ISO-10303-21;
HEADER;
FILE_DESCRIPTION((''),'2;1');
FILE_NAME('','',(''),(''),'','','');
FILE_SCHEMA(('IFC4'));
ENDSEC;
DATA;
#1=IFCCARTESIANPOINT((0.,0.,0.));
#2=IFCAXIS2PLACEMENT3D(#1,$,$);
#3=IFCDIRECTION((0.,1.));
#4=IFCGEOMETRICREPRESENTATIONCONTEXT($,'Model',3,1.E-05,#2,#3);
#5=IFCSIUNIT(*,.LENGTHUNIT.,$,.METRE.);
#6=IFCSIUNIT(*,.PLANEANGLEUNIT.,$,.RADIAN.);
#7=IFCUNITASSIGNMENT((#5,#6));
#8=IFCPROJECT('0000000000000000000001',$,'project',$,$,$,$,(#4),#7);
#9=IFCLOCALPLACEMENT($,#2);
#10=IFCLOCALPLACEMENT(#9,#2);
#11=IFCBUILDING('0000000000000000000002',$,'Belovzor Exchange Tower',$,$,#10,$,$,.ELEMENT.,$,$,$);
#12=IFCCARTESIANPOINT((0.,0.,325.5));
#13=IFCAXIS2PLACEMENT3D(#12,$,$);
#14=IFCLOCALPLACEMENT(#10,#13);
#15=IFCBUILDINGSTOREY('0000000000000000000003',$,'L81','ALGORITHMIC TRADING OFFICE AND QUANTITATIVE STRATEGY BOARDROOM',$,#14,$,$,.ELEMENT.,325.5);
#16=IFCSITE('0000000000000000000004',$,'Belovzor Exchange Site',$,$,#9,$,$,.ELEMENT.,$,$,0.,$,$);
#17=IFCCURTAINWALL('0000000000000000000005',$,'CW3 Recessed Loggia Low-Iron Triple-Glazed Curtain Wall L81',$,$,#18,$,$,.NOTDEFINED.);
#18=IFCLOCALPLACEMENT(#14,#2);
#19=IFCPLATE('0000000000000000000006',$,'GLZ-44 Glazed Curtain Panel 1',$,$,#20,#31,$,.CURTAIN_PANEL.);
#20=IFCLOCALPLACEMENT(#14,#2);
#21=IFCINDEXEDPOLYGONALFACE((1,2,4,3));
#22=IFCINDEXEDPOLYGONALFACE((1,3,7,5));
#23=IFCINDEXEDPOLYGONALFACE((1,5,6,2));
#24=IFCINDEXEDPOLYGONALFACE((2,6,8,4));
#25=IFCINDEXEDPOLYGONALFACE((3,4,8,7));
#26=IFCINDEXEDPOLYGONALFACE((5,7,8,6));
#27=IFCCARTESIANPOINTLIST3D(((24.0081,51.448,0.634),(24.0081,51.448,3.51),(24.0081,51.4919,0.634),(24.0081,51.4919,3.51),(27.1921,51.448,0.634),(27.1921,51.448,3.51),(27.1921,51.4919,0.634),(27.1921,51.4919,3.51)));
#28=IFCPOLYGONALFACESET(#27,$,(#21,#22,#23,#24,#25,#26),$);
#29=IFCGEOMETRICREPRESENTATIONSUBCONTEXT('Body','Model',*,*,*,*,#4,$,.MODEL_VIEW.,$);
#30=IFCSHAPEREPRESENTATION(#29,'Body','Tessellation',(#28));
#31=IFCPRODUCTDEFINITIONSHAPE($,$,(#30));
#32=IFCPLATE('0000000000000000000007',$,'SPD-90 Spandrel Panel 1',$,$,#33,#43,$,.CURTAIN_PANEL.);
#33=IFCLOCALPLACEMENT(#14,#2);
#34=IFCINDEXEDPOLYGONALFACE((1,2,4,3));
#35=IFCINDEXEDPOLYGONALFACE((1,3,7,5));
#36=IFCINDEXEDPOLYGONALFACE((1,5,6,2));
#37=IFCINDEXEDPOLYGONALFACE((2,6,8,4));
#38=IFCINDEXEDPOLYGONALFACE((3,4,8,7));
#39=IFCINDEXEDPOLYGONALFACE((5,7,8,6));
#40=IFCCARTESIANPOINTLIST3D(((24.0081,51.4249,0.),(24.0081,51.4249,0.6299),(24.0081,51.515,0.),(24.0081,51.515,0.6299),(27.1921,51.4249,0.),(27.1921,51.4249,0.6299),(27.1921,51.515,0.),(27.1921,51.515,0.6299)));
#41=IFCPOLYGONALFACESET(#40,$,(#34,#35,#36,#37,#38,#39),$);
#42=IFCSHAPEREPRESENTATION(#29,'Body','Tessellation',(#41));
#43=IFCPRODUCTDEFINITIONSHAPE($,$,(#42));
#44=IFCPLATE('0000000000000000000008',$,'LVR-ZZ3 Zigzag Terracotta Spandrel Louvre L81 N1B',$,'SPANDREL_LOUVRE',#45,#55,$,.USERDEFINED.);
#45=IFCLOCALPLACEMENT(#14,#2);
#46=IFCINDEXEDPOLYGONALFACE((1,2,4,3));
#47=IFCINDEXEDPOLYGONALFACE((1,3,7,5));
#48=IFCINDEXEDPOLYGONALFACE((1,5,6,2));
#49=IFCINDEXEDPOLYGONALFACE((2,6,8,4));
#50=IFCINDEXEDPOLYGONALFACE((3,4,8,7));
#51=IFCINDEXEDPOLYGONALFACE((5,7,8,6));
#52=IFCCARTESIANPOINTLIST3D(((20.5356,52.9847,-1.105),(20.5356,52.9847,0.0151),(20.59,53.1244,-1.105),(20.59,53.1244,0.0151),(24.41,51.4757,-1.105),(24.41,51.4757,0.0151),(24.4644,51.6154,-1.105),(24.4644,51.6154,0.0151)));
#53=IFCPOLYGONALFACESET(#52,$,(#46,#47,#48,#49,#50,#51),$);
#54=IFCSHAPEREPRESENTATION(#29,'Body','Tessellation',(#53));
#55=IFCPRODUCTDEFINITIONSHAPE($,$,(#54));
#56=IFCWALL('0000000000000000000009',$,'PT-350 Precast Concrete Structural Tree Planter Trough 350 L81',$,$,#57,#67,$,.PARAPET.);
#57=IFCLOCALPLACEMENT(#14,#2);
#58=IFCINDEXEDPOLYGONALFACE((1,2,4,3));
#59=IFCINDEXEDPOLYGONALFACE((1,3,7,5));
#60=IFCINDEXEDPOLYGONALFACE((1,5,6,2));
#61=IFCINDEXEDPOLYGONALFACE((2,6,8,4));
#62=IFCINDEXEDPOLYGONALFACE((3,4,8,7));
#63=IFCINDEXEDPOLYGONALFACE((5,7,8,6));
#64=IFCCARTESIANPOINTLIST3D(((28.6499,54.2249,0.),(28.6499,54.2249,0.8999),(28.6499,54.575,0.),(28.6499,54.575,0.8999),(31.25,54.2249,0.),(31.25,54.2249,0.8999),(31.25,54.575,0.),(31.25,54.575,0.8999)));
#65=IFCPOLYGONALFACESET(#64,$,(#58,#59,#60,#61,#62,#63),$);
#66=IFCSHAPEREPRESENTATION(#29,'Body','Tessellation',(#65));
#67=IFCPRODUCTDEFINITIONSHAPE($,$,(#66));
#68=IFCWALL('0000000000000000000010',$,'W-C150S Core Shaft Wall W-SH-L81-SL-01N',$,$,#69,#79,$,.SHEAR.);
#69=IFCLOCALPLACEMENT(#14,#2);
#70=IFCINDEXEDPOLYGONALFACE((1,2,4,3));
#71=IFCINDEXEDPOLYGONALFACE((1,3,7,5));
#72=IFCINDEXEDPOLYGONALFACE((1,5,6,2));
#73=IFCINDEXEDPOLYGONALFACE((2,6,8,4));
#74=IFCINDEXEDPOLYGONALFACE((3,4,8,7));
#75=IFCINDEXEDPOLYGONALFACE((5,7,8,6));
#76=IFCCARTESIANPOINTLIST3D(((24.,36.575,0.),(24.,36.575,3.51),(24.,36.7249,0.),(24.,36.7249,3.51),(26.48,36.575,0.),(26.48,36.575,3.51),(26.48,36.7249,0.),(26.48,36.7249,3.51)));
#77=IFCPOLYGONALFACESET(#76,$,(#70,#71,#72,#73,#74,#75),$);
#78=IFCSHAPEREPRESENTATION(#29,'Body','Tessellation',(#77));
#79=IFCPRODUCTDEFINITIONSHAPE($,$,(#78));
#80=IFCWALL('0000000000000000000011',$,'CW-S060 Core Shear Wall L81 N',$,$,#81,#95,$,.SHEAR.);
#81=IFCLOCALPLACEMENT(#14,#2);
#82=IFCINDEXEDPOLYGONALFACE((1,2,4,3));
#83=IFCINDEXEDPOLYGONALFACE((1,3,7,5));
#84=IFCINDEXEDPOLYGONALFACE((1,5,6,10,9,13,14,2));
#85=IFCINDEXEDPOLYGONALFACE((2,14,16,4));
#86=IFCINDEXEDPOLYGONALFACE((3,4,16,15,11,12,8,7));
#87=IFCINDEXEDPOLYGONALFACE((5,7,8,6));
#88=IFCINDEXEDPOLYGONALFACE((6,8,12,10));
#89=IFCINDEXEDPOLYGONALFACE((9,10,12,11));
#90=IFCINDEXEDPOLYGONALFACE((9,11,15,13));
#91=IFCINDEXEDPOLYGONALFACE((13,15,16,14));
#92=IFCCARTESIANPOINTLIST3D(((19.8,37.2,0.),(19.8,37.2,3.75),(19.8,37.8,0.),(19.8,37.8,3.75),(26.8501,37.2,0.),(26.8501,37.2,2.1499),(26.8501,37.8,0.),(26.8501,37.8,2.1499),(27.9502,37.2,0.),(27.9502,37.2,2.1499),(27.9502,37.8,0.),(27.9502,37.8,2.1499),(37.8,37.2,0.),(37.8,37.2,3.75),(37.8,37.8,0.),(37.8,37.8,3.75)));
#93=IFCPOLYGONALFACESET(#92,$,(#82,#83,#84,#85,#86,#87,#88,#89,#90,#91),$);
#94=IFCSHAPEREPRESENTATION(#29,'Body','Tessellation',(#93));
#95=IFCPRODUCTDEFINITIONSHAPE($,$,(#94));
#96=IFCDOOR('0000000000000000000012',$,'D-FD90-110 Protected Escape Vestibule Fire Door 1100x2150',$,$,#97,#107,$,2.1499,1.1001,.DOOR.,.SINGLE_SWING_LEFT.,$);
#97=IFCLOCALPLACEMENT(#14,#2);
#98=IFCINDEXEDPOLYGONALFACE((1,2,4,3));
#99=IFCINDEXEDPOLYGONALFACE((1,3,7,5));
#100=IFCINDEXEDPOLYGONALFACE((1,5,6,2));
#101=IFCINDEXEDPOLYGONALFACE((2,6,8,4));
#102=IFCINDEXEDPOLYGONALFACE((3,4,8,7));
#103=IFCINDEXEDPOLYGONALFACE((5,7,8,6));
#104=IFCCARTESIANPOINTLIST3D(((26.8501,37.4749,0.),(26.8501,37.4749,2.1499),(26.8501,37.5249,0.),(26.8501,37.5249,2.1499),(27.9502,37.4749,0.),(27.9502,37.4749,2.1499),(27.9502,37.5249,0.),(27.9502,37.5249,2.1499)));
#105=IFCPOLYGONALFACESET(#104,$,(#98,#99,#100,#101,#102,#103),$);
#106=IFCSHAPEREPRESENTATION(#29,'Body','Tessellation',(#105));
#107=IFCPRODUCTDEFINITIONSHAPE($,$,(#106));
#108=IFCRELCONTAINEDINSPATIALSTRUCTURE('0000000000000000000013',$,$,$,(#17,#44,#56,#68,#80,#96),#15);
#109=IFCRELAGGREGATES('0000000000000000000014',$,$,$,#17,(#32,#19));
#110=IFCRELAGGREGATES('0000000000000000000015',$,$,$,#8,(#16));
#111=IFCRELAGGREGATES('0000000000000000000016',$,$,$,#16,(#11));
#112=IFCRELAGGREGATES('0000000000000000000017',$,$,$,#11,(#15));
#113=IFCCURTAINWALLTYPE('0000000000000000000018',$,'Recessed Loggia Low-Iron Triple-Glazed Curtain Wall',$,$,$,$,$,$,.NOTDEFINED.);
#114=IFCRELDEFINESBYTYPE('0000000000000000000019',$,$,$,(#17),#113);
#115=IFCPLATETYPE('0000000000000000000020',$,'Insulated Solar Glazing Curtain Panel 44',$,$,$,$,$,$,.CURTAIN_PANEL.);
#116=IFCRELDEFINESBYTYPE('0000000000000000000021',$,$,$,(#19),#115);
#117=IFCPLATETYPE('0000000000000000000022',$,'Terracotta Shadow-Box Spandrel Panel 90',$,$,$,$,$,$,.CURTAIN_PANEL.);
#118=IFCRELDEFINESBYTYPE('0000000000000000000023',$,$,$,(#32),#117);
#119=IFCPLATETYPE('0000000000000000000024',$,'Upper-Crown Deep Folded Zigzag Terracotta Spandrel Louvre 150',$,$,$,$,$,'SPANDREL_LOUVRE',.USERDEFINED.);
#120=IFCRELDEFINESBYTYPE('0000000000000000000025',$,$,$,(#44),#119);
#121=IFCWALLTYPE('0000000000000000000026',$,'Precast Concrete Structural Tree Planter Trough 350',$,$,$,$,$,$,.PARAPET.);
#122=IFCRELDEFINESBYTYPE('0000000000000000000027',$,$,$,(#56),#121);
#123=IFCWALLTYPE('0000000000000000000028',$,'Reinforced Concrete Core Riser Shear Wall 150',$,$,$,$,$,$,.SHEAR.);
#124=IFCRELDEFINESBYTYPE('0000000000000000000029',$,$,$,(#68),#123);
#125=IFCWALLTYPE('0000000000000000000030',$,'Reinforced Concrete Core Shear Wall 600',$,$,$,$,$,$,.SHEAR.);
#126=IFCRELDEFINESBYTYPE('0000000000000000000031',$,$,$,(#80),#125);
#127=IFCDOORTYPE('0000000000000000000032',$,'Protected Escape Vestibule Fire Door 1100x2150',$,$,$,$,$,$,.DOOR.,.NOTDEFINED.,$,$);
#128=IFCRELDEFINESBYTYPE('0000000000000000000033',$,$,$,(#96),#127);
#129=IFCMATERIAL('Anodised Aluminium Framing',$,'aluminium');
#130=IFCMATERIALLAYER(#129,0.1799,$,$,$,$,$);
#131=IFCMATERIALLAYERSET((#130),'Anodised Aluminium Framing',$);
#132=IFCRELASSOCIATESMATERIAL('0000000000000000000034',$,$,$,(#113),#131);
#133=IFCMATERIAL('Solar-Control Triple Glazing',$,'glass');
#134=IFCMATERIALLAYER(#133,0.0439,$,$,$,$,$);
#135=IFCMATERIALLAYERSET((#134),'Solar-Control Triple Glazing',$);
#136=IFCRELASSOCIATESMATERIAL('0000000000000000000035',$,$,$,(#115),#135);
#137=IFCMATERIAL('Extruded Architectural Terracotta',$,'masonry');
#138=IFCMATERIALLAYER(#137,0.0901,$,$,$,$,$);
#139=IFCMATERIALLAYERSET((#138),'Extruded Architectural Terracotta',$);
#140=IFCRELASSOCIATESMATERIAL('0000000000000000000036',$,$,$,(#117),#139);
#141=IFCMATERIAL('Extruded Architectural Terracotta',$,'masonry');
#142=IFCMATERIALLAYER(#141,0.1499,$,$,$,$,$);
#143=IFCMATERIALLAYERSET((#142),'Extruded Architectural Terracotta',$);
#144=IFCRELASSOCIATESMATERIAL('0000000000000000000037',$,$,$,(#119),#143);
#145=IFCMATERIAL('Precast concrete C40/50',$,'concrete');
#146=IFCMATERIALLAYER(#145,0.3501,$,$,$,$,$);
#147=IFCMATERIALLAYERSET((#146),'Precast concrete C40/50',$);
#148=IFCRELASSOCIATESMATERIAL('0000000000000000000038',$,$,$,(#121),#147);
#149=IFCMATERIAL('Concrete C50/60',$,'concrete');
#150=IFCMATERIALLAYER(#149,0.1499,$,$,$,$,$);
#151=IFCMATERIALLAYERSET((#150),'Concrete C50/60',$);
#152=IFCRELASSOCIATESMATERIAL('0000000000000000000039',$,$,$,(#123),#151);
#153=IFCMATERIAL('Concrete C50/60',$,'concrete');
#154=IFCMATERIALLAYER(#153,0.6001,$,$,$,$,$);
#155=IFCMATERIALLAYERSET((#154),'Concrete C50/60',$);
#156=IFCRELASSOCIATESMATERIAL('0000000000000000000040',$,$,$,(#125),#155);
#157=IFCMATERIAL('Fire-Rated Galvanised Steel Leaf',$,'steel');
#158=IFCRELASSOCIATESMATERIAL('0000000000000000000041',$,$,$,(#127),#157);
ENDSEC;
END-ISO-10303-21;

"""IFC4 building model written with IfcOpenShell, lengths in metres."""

from ifc_helpers import new_model, si_unit, direction, frame, frame_2d, origin, origin_2d, place, context, subcontext, project, spatial, rectangle, extrude, material, layer, layer_set, type_object, element, fill, aggregate, save


model = new_model("IFC4")

# Units and contexts
model_context = context("Model", 3, precision=1e-05, world=origin(), true_north=direction((0.0, 1.0)))
body_context = subcontext(model_context, "Body", "Model", "MODEL_VIEW")
ifc_project = project(units=[si_unit("LENGTHUNIT", "METRE"), si_unit("PLANEANGLEUNIT", "RADIAN")], contexts=[model_context])

# Site, building, storey
site_placement = place(None, origin())
site = spatial("IfcSite", under=ifc_project, at=site_placement, Name="Belovzor Exchange Site", CompositionType="ELEMENT", RefElevation=0.0)
building_placement = place(site_placement, origin())
building = spatial("IfcBuilding", under=site, at=building_placement, Name="Belovzor Exchange Tower", CompositionType="ELEMENT")
storey_placement = place(building_placement, frame((0.0, 0.0, 325.5)))
storey = spatial("IfcBuildingStorey", under=building, at=storey_placement, Name="L81", Description="ALGORITHMIC TRADING OFFICE AND QUANTITATIVE STRATEGY BOARDROOM", CompositionType="ELEMENT", Elevation=325.5)

# Curtain wall
ifc_material_1 = material(Name="Anodised Aluminium Framing", Category="aluminium")
ifc_layer_1 = layer(ifc_material_1, 0.1799)
ifc_layer_set_1 = layer_set([ifc_layer_1], Name="Anodised Aluminium Framing")
curtain_wall_type = type_object("IfcCurtainWallType", Name="Recessed Loggia Low-Iron Triple-Glazed Curtain Wall", PredefinedType="NOTDEFINED", material=ifc_layer_set_1)
curtain_wall_placement = place(storey_placement, origin())
curtain_wall = element("IfcCurtainWall", 1, at=curtain_wall_placement, inside=storey, type_object=curtain_wall_type, Name="CW3 Recessed Loggia Low-Iron Triple-Glazed Curtain Wall L81", PredefinedType="NOTDEFINED")

# Plates
ifc_material_2 = material(Name="Solar-Control Triple Glazing", Category="glass")
ifc_layer_2 = layer(ifc_material_2, 0.0439)
ifc_layer_set_2 = layer_set([ifc_layer_2], Name="Solar-Control Triple Glazing")
plate_type_1 = type_object("IfcPlateType", Name="Insulated Solar Glazing Curtain Panel 44", PredefinedType="CURTAIN_PANEL", material=ifc_layer_set_2)
plate_1_placement = place(storey_placement, frame((25.6001, 51.47, 0.634), z_axis=(0.0, 0.0, 1.0), x_axis=(1.0, 0.0, 0.0)))
plate_1 = element("IfcPlate", 2, at=plate_1_placement, type_object=plate_type_1, Name="GLZ-44 Glazed Curtain Panel 1", PredefinedType="CURTAIN_PANEL", context=body_context, shape_type="SweptSolid", body=[
    extrude(rectangle(XDim=3.1841, YDim=0.0439, at=origin_2d()), origin(), (0.0, 0.0, 1.0), 2.876),
])
ifc_material_3 = material(Name="Extruded Architectural Terracotta", Category="masonry")
ifc_layer_3 = layer(ifc_material_3, 0.0901)
ifc_layer_set_3 = layer_set([ifc_layer_3], Name="Extruded Architectural Terracotta")
plate_type_2 = type_object("IfcPlateType", Name="Terracotta Shadow-Box Spandrel Panel 90", PredefinedType="CURTAIN_PANEL", material=ifc_layer_set_3)
plate_2_placement = place(storey_placement, frame((25.6001, 51.47, 0.0), z_axis=(0.0, 0.0, 1.0), x_axis=(1.0, 0.0, 0.0)))
plate_2 = element("IfcPlate", 3, at=plate_2_placement, type_object=plate_type_2, Name="SPD-90 Spandrel Panel 1", PredefinedType="CURTAIN_PANEL", context=body_context, shape_type="SweptSolid", body=[
    extrude(rectangle(XDim=3.1841, YDim=0.0901, at=origin_2d()), origin(), (0.0, 0.0, 1.0), 0.6299),
])
aggregate(curtain_wall, [plate_2, plate_1])
ifc_material_4 = material(Name="Extruded Architectural Terracotta", Category="masonry")
ifc_layer_4 = layer(ifc_material_4, 0.1499)
ifc_layer_set_4 = layer_set([ifc_layer_4], Name="Extruded Architectural Terracotta")
plate_type_3 = type_object("IfcPlateType", Name="Upper-Crown Deep Folded Zigzag Terracotta Spandrel Louvre 150", ElementType="SPANDREL_LOUVRE", PredefinedType="USERDEFINED", material=ifc_layer_set_4)
plate_3_placement = place(storey_placement, frame((22.5, 52.3, -1.105), z_axis=(0.0, 0.0, 1.0), x_axis=(0.931818, -0.362926, 0.0)))
element("IfcPlate", 4, at=plate_3_placement, inside=storey, type_object=plate_type_3, Name="LVR-ZZ3 Zigzag Terracotta Spandrel Louvre L81 N1B", ObjectType="SPANDREL_LOUVRE", PredefinedType="USERDEFINED", context=body_context, shape_type="SweptSolid", body=[
    extrude(rectangle(XDim=4.158, YDim=0.1499, at=origin_2d()), origin(), (0.0, 0.0, 1.0), 1.1201),
])

# Walls
ifc_material_5 = material(Name="Precast concrete C40/50", Category="concrete")
ifc_layer_5 = layer(ifc_material_5, 0.3501)
ifc_layer_set_5 = layer_set([ifc_layer_5], Name="Precast concrete C40/50")
wall_type_1 = type_object("IfcWallType", Name="Precast Concrete Structural Tree Planter Trough 350", PredefinedType="PARAPET", material=ifc_layer_set_5)
wall_1_placement = place(storey_placement, frame((28.6499, 54.3999, 0.0), z_axis=(0.0, 0.0, 1.0), x_axis=(1.0, 0.0, 0.0)))
element("IfcWall", 5, at=wall_1_placement, inside=storey, type_object=wall_type_1, Name="PT-350 Precast Concrete Structural Tree Planter Trough 350 L81", PredefinedType="PARAPET", context=body_context, shape_type="SweptSolid", body=[
    extrude(rectangle(XDim=2.6001, YDim=0.3501, at=frame_2d((1.3, 0.0))), origin(), (0.0, 0.0, 1.0), 0.8999),
])
ifc_material_6 = material(Name="Concrete C50/60", Category="concrete")
ifc_layer_6 = layer(ifc_material_6, 0.1499)
ifc_layer_set_6 = layer_set([ifc_layer_6], Name="Concrete C50/60")
wall_type_2 = type_object("IfcWallType", Name="Reinforced Concrete Core Riser Shear Wall 150", PredefinedType="SHEAR", material=ifc_layer_set_6)
wall_2_placement = place(storey_placement, frame((24.0, 36.6499, 0.0), z_axis=(0.0, 0.0, 1.0), x_axis=(1.0, 0.0, 0.0)))
element("IfcWall", 6, at=wall_2_placement, inside=storey, type_object=wall_type_2, Name="W-C150S Core Shaft Wall W-SH-L81-SL-01N", PredefinedType="SHEAR", context=body_context, shape_type="SweptSolid", body=[
    extrude(rectangle(XDim=2.48, YDim=0.1499, at=frame_2d((1.24, 0.0))), origin(), (0.0, 0.0, 1.0), 3.51),
])

# Wall, opening, door
ifc_material_7 = material(Name="Concrete C50/60", Category="concrete")
ifc_layer_7 = layer(ifc_material_7, 0.6001)
ifc_layer_set_7 = layer_set([ifc_layer_7], Name="Concrete C50/60")
wall_type_3 = type_object("IfcWallType", Name="Reinforced Concrete Core Shear Wall 600", PredefinedType="SHEAR", material=ifc_layer_set_7)
wall_3_placement = place(storey_placement, frame((19.8, 37.5, 0.0), z_axis=(0.0, 0.0, 1.0), x_axis=(1.0, 0.0, 0.0)))
wall_3 = element("IfcWall", 7, at=wall_3_placement, inside=storey, type_object=wall_type_3, Name="CW-S060 Core Shear Wall L81 N", PredefinedType="SHEAR", context=body_context, shape_type="SweptSolid", body=[
    extrude(rectangle(XDim=18.0, YDim=0.6001, at=frame_2d((9.0, 0.0))), origin(), (0.0, 0.0, 1.0), 3.75),
])
opening_1_placement = place(wall_3_placement, frame((7.05, 0.0, 0.0)))
opening_1 = element("IfcOpeningElement", 8, at=opening_1_placement, cuts=wall_3, PredefinedType="OPENING", context=body_context, shape_type="SweptSolid", body=[
    extrude(rectangle(XDim=1.1001, YDim=2.1499, at=frame_2d((0.55, 1.075))), frame((0.0, 0.3101, 0.0), z_axis=(0.0, -1.0, 0.0), x_axis=(1.0, 0.0, 0.0)), (0.0, 0.0, 1.0), 0.6201),
])
ifc_material_8 = material(Name="Fire-Rated Galvanised Steel Leaf", Category="steel")
door_type_1 = type_object("IfcDoorType", Name="Protected Escape Vestibule Fire Door 1100x2150", OperationType="NOTDEFINED", PredefinedType="DOOR", material=ifc_material_8)
door_1_placement = place(opening_1_placement, origin())
door_1 = element("IfcDoor", 9, at=door_1_placement, inside=storey, type_object=door_type_1, Name="D-FD90-110 Protected Escape Vestibule Fire Door 1100x2150", OperationType="SINGLE_SWING_LEFT", OverallHeight=2.1499, OverallWidth=1.1001, PredefinedType="DOOR", context=body_context, shape_type="SweptSolid", body=[
    extrude(rectangle(XDim=1.1001, YDim=2.1499, at=frame_2d((0.55, 1.075))), frame((0.0, 0.0249, 0.0), z_axis=(0.0, -1.0, 0.0), x_axis=(1.0, 0.0, 0.0)), (0.0, 0.0, 1.0), 0.05),
])
fill(opening_1, door_1)

save(model, "model.ifc")
